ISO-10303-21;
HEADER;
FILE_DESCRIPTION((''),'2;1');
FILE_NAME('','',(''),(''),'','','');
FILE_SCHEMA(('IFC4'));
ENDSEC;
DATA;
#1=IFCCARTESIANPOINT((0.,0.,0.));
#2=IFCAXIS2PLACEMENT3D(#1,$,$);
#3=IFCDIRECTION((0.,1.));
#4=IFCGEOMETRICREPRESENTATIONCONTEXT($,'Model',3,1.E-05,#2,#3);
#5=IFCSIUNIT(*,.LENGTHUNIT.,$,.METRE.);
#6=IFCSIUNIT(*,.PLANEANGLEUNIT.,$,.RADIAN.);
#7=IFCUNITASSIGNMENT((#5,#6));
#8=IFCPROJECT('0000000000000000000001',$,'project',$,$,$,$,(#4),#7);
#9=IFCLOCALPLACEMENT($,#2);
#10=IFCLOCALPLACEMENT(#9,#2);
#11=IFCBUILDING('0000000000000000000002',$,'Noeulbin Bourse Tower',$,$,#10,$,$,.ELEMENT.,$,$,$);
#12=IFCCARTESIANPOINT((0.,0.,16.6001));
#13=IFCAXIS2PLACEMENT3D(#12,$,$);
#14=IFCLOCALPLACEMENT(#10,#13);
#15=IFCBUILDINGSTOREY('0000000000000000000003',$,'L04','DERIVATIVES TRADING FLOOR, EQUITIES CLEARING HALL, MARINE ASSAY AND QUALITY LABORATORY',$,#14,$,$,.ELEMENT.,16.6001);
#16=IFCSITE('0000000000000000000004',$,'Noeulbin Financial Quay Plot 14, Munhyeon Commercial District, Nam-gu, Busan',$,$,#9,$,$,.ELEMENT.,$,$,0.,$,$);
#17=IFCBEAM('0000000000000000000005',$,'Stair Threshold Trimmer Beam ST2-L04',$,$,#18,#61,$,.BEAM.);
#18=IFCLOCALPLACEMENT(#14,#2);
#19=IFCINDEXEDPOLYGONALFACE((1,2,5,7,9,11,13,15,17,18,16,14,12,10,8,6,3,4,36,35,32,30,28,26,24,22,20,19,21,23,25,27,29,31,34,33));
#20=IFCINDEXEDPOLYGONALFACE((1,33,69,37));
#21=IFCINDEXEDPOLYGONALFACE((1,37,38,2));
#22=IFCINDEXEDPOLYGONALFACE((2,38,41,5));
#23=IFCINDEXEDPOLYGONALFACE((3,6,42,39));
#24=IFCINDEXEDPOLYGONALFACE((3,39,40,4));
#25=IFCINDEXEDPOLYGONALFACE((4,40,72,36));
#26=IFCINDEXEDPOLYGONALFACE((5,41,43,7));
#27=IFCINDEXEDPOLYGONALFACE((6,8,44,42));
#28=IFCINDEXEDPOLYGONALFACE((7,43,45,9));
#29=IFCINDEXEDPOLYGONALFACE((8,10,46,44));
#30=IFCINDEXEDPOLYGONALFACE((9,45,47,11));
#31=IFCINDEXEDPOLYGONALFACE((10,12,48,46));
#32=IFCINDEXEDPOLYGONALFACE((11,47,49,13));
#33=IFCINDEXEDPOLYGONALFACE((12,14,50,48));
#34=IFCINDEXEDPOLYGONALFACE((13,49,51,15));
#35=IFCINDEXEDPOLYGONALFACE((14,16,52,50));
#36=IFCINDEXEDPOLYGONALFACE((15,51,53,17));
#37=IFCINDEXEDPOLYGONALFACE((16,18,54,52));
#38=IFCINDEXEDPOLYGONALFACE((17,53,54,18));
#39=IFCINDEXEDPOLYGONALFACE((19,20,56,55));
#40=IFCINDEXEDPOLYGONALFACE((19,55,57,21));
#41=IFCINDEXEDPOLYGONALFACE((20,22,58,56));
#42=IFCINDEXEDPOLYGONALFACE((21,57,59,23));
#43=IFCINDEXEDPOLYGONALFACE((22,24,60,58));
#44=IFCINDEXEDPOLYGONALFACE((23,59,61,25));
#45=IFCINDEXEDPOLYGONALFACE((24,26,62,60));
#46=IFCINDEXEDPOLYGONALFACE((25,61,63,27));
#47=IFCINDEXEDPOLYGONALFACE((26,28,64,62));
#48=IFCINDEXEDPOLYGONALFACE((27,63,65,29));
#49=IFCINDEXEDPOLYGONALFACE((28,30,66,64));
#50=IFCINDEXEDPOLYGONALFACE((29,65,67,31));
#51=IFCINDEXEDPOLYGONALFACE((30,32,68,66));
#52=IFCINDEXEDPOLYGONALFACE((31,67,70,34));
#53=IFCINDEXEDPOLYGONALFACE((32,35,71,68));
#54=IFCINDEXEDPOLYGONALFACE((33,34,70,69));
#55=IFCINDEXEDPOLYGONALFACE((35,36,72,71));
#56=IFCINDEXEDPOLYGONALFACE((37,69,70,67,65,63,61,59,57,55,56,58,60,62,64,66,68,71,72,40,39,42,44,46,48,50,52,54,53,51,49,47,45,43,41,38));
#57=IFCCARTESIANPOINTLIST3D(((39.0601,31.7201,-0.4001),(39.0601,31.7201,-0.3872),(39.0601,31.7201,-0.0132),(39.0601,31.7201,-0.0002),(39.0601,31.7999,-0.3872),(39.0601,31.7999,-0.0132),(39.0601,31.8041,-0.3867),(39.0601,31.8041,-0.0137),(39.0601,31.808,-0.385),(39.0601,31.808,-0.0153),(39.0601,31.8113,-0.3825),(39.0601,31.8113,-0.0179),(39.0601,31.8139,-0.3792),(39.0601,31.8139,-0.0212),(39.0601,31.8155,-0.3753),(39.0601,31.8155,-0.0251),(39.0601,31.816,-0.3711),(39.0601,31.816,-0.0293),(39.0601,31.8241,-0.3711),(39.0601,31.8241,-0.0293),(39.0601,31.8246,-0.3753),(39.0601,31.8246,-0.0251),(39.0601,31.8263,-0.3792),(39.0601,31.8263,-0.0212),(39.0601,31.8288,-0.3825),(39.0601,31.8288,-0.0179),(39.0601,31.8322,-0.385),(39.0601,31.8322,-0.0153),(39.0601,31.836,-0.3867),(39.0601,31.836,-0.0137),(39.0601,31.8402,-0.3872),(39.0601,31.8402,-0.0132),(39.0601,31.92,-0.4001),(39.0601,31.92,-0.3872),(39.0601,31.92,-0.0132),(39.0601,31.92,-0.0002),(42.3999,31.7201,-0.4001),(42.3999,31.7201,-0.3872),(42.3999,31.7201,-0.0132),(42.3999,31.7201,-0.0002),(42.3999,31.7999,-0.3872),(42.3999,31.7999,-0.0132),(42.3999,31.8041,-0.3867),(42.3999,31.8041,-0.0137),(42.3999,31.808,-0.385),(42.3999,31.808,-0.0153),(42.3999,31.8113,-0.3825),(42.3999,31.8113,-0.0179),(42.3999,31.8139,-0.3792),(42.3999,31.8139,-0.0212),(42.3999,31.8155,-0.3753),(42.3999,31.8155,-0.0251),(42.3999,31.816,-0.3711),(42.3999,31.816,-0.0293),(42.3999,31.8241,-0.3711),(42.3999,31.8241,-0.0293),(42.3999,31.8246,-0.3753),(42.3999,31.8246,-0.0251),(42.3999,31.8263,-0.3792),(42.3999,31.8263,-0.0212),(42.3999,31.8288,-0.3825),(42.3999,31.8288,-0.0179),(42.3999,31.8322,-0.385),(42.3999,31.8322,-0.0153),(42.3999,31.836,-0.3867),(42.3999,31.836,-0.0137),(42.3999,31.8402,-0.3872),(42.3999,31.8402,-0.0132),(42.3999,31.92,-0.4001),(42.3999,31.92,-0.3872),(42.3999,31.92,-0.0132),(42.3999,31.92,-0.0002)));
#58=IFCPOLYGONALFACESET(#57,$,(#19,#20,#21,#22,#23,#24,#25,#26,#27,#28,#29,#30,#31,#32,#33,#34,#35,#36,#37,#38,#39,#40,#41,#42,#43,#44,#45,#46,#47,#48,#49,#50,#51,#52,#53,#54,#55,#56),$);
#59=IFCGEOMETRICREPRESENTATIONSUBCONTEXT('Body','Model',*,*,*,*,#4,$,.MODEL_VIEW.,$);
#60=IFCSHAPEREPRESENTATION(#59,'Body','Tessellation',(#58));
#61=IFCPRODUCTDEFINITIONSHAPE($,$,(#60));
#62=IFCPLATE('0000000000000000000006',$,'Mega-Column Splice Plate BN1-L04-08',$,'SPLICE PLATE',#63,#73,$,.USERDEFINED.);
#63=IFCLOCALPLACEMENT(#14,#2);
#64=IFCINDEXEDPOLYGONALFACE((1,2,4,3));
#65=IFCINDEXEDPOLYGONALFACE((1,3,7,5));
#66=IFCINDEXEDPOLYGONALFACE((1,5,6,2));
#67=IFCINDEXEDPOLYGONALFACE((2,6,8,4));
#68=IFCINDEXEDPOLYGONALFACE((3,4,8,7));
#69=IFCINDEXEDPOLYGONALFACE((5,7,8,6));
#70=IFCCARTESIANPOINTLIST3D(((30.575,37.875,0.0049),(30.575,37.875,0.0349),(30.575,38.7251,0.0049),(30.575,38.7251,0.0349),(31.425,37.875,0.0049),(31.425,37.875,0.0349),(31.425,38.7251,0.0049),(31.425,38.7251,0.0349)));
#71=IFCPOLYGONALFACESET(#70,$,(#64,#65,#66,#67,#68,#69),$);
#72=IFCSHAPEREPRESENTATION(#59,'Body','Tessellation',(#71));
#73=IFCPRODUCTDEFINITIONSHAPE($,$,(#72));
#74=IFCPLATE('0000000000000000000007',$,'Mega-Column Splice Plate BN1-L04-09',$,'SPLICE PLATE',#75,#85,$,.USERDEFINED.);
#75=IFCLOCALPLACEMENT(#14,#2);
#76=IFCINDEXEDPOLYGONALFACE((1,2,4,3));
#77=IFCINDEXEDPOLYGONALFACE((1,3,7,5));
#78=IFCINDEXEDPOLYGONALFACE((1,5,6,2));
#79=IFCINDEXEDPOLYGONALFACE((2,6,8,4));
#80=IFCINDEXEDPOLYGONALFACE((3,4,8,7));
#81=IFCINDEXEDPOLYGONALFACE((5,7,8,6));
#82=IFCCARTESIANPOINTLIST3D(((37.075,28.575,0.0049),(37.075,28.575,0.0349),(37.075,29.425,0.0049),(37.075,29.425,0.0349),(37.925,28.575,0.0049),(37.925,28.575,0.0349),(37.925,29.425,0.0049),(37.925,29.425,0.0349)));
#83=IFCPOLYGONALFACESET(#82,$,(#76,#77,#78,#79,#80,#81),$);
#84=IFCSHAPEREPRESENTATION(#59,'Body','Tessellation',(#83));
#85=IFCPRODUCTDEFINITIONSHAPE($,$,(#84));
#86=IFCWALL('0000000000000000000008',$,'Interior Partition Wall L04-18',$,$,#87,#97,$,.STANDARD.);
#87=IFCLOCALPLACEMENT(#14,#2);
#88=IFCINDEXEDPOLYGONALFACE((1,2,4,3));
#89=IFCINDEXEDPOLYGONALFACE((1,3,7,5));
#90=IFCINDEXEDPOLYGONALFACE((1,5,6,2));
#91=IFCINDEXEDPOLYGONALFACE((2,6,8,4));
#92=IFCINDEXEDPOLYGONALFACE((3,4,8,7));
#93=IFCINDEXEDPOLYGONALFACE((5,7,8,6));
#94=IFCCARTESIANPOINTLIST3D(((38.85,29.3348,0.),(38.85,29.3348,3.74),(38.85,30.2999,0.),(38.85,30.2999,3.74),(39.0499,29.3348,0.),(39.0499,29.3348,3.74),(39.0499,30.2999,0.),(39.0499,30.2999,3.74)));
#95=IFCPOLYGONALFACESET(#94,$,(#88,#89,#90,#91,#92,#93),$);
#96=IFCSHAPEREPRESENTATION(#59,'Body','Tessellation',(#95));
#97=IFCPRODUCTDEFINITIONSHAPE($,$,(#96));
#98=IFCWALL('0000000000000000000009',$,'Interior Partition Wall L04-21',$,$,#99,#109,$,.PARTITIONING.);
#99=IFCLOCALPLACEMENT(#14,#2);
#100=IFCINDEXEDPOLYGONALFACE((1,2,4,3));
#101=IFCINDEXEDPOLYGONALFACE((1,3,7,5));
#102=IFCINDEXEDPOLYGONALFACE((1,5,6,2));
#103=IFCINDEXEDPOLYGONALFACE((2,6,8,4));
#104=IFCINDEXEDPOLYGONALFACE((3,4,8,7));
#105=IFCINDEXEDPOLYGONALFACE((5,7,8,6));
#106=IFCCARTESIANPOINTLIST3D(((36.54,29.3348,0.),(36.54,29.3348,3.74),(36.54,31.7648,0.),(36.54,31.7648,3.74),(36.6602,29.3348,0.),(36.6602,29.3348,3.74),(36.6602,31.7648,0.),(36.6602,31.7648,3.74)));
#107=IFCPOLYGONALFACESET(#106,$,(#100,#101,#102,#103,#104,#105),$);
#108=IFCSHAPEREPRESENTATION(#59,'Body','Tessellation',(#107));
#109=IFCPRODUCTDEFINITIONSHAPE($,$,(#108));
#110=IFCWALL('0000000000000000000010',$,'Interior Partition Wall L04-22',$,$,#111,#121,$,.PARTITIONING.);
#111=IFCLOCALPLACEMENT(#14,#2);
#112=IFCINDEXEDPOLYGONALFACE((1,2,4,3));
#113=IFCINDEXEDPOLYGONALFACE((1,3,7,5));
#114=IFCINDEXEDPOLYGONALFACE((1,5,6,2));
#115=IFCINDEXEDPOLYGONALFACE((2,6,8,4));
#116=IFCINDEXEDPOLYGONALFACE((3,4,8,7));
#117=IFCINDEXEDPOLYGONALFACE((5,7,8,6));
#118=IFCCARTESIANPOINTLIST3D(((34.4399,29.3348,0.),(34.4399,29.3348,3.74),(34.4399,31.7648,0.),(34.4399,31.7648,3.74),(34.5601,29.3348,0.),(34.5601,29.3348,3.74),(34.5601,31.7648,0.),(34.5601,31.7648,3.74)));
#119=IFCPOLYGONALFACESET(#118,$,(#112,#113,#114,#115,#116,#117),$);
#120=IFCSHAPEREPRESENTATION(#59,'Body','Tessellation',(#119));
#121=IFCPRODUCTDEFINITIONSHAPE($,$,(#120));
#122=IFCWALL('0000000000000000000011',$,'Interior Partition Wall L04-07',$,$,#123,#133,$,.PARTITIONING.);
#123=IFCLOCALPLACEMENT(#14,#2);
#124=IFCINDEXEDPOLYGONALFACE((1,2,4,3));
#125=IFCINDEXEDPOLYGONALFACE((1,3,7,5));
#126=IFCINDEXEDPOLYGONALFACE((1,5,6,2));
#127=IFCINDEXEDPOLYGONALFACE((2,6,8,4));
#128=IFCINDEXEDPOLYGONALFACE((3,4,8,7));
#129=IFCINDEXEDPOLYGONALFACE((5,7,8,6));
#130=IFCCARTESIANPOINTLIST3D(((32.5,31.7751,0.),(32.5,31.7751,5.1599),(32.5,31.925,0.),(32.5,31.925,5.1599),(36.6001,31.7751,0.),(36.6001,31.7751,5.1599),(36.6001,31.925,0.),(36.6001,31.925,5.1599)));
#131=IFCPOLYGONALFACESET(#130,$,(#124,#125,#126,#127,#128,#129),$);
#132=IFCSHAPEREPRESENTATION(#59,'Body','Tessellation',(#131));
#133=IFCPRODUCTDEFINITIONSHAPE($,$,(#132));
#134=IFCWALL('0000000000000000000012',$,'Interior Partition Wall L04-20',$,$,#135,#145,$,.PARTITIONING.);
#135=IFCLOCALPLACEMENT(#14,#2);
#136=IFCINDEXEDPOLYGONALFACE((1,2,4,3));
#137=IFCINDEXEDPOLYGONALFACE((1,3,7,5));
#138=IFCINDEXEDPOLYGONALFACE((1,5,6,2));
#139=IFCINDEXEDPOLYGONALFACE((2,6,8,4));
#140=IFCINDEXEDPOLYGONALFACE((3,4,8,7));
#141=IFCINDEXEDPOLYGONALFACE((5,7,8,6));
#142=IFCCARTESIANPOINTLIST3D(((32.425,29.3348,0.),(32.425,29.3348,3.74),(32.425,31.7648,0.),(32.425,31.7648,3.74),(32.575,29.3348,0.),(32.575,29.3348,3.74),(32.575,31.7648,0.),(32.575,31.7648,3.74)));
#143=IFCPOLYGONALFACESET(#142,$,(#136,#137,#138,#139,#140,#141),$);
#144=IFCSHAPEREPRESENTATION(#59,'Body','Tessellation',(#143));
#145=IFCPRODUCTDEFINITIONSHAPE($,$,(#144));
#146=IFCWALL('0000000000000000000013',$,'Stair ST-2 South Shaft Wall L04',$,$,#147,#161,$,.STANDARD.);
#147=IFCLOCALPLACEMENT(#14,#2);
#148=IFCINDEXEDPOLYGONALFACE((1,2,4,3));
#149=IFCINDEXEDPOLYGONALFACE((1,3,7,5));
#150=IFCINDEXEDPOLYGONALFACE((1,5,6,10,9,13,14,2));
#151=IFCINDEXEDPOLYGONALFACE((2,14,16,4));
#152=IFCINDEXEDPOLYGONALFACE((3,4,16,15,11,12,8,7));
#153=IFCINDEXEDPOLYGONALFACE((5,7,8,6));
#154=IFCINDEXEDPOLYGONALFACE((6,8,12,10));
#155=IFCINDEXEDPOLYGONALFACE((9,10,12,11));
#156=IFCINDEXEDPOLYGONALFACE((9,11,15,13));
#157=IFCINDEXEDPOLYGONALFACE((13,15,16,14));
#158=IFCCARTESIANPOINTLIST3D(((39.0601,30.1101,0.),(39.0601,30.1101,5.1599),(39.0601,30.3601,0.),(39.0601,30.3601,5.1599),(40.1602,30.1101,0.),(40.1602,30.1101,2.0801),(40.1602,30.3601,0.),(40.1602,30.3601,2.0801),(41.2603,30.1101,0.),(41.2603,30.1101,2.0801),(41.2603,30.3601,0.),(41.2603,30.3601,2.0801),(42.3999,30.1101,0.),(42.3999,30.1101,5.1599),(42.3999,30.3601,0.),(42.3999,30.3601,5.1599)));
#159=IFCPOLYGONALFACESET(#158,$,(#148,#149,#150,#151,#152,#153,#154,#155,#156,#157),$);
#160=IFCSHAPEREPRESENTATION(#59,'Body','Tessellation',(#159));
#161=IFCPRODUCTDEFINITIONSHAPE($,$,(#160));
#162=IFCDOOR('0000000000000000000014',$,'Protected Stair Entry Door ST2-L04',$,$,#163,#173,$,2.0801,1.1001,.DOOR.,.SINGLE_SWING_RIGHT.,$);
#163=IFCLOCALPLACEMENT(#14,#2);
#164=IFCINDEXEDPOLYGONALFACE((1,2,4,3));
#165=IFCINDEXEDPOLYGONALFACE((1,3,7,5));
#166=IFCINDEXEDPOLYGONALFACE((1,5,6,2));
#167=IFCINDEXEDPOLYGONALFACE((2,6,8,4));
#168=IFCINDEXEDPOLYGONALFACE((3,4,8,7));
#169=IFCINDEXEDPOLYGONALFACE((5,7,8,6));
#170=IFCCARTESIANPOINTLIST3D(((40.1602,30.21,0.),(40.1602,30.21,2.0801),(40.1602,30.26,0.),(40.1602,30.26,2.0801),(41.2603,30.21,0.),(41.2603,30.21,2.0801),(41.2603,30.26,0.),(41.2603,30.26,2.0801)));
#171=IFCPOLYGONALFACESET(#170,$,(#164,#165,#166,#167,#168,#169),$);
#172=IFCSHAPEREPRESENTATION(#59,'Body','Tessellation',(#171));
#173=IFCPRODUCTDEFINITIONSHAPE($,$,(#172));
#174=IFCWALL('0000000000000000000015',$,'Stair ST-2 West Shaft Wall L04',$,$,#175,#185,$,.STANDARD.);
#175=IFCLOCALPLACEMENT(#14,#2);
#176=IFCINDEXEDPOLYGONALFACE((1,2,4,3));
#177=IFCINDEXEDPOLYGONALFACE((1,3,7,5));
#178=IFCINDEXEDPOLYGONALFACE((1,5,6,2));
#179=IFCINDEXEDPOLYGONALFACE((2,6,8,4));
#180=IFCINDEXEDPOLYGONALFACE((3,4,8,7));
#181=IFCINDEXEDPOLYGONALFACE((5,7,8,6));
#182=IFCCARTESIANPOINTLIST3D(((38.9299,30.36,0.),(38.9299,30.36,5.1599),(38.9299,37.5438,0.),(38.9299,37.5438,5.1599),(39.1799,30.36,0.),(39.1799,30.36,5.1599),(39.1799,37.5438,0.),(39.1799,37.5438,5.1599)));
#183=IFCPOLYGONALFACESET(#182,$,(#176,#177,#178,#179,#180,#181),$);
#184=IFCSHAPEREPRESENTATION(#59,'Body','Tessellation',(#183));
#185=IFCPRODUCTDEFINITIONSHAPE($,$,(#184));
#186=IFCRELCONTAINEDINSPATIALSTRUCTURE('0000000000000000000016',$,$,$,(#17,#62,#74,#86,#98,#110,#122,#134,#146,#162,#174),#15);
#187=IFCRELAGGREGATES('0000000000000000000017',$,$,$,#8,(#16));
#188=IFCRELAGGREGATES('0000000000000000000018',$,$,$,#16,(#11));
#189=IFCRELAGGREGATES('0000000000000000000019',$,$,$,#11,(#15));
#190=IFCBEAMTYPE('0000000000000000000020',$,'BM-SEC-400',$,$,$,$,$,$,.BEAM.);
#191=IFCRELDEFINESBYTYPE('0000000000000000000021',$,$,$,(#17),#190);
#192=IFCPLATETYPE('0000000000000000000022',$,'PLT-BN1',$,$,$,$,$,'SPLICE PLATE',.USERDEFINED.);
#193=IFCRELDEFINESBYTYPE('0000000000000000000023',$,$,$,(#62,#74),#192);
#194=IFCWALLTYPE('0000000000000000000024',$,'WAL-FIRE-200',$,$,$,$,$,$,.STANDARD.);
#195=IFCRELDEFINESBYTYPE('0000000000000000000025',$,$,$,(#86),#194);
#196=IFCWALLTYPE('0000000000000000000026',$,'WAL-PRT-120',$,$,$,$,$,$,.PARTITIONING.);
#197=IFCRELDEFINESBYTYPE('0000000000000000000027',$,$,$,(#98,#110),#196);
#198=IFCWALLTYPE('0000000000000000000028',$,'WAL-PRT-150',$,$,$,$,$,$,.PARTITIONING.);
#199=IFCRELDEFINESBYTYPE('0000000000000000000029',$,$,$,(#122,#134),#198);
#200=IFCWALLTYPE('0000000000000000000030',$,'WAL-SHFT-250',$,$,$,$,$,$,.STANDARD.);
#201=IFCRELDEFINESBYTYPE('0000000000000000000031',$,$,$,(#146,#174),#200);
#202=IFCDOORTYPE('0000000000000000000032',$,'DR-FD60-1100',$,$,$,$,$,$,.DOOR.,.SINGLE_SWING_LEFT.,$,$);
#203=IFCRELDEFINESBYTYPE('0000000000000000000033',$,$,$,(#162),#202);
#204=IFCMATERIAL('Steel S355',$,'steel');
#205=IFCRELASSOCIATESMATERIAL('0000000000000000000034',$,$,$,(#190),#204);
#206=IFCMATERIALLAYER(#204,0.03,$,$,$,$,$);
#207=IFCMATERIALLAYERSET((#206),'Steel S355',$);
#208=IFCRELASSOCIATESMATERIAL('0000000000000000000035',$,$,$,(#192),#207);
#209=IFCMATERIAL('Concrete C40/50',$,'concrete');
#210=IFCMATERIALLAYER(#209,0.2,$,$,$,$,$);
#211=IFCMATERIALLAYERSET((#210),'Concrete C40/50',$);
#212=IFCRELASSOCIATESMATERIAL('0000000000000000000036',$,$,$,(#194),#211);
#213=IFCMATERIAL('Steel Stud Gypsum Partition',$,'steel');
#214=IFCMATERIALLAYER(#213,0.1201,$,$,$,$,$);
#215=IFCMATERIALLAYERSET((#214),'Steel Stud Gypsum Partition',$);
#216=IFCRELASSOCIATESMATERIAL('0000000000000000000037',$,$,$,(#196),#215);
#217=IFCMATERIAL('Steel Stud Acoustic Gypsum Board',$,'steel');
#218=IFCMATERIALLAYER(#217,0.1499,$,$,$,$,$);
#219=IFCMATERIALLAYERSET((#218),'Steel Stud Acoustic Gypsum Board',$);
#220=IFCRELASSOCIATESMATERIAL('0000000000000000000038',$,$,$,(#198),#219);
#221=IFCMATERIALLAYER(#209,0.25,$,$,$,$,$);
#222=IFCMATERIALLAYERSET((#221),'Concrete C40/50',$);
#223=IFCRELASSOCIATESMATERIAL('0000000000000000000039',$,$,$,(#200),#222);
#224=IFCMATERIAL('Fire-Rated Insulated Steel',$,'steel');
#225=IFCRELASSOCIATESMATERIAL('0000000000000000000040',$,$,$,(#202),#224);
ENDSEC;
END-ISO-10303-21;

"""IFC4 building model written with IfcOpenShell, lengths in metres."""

from ifc_helpers import new_model, si_unit, direction, frame, frame_2d, origin, origin_2d, place, context, subcontext, project, spatial, rectangle, i_section, extrude, material, layer, layer_set, material_profile, profile_set, type_object, element, fill, save


model = new_model("IFC4")

# Units and contexts
model_context = context("Model", 3, precision=1e-05, world=origin(), true_north=direction((0.0, 1.0)))
body_context = subcontext(model_context, "Body", "Model", "MODEL_VIEW")
ifc_project = project(units=[si_unit("LENGTHUNIT", "METRE"), si_unit("PLANEANGLEUNIT", "RADIAN")], contexts=[model_context])

# Site, building, storey
site_placement = place(None, origin())
site = spatial("IfcSite", under=ifc_project, at=site_placement, Name="Noeulbin Financial Quay Plot 14, Munhyeon Commercial District, Nam-gu, Busan", CompositionType="ELEMENT", RefElevation=0.0)
building_placement = place(site_placement, origin())
building = spatial("IfcBuilding", under=site, at=building_placement, Name="Noeulbin Bourse Tower", CompositionType="ELEMENT")
storey_placement = place(building_placement, frame((0.0, 0.0, 16.6001)))
storey = spatial("IfcBuildingStorey", under=building, at=storey_placement, Name="L04", Description="DERIVATIVES TRADING FLOOR, EQUITIES CLEARING HALL, MARINE ASSAY AND QUALITY LABORATORY", CompositionType="ELEMENT", Elevation=16.6001)

# Beam
ifc_material_1 = material(Name="Steel S355", Category="steel")
ifc_material_profile_1 = material_profile(ifc_material_1, i_section(OverallWidth=0.2, OverallDepth=0.3999, WebThickness=0.0081, FlangeThickness=0.0129, FilletRadius=0.0161, at=origin_2d()), Name="H-400x200x8x13", Category="LoadBearing")
ifc_profile_set_1 = profile_set([ifc_material_profile_1], Name="Steel S355")
beam_type_1 = type_object("IfcBeamType", Name="BM-SEC-400", PredefinedType="BEAM", material=ifc_profile_set_1)
beam_placement = place(storey_placement, frame((39.0601, 31.8201, -0.2002), z_axis=(1.0, 0.0, 0.0), x_axis=(0.0, 1.0, 0.0)))
element("IfcBeam", 1, at=beam_placement, inside=storey, type_object=beam_type_1, Name="Stair Threshold Trimmer Beam ST2-L04", PredefinedType="BEAM", context=body_context, shape_type="SweptSolid", body=[
    extrude(i_section(OverallWidth=0.2, OverallDepth=0.3999, WebThickness=0.0081, FlangeThickness=0.0129, FilletRadius=0.0161, at=origin_2d()), origin(), (0.0, 0.0, 1.0), 3.3398),
])

# Plates
ifc_layer_1 = layer(ifc_material_1, 0.03)
ifc_layer_set_1 = layer_set([ifc_layer_1], Name="Steel S355")
plate_type = type_object("IfcPlateType", Name="PLT-BN1", ElementType="SPLICE PLATE", PredefinedType="USERDEFINED", material=ifc_layer_set_1)
for number, where, z_axis, x_axis, name in (
    (2, (31.0, 38.3, 0.0049), (0.0, 0.0, 1.0), (1.0, 0.0, 0.0), "Mega-Column Splice Plate BN1-L04-08"),
    (3, (37.5, 29.0, 0.0049), (0.0, 0.0, 1.0), (1.0, 0.0, 0.0), "Mega-Column Splice Plate BN1-L04-09"),
):
    element("IfcPlate", number, at=place(storey_placement, frame(where, z_axis=z_axis, x_axis=x_axis)), inside=storey, type_object=plate_type, Name=name, ObjectType="SPLICE PLATE", PredefinedType="USERDEFINED", context=body_context, shape_type="SweptSolid", body=[
        extrude(rectangle(XDim=0.8501, YDim=0.8501, at=origin_2d()), origin(), (0.0, 0.0, 1.0), 0.03),
    ])

# Walls
ifc_material_2 = material(Name="Concrete C40/50", Category="concrete")
ifc_layer_2 = layer(ifc_material_2, 0.2)
ifc_layer_set_2 = layer_set([ifc_layer_2], Name="Concrete C40/50")
wall_type_1 = type_object("IfcWallType", Name="WAL-FIRE-200", PredefinedType="STANDARD", material=ifc_layer_set_2)
wall_1_placement = place(storey_placement, frame((38.95, 29.335, 0.0), z_axis=(0.0, 0.0, 1.0), x_axis=(0.0, 1.0, 0.0)))
element("IfcWall", 4, at=wall_1_placement, inside=storey, type_object=wall_type_1, Name="Interior Partition Wall L04-18", PredefinedType="STANDARD", context=body_context, shape_type="SweptSolid", body=[
    extrude(rectangle(XDim=0.9651, YDim=0.2, at=frame_2d((0.4824, 0.0))), origin(), (0.0, 0.0, 1.0), 3.74),
])
ifc_material_3 = material(Name="Steel Stud Gypsum Partition", Category="steel")
ifc_layer_3 = layer(ifc_material_3, 0.1201)
ifc_layer_set_3 = layer_set([ifc_layer_3], Name="Steel Stud Gypsum Partition")
wall_type_2 = type_object("IfcWallType", Name="WAL-PRT-120", PredefinedType="PARTITIONING", material=ifc_layer_set_3)
for number, where, z_axis, x_axis, name in (
    (5, (36.6001, 29.335, 0.0), (0.0, 0.0, 1.0), (0.0, 1.0, 0.0), "Interior Partition Wall L04-21"),
    (6, (34.5, 29.335, 0.0), (0.0, 0.0, 1.0), (0.0, 1.0, 0.0), "Interior Partition Wall L04-22"),
):
    element("IfcWall", number, at=place(storey_placement, frame(where, z_axis=z_axis, x_axis=x_axis)), inside=storey, type_object=wall_type_2, Name=name, PredefinedType="PARTITIONING", context=body_context, shape_type="SweptSolid", body=[
        extrude(rectangle(XDim=2.4299, YDim=0.1201, at=frame_2d((1.2148, 0.0))), origin(), (0.0, 0.0, 1.0), 3.74),
    ])
ifc_material_4 = material(Name="Steel Stud Acoustic Gypsum Board", Category="steel")
ifc_layer_4 = layer(ifc_material_4, 0.1499)
ifc_layer_set_4 = layer_set([ifc_layer_4], Name="Steel Stud Acoustic Gypsum Board")
wall_type_3 = type_object("IfcWallType", Name="WAL-PRT-150", PredefinedType="PARTITIONING", material=ifc_layer_set_4)
wall_2_placement = place(storey_placement, frame((32.5, 31.8501, 0.0), z_axis=(0.0, 0.0, 1.0), x_axis=(1.0, 0.0, 0.0)))
element("IfcWall", 7, at=wall_2_placement, inside=storey, type_object=wall_type_3, Name="Interior Partition Wall L04-07", PredefinedType="PARTITIONING", context=body_context, shape_type="SweptSolid", body=[
    extrude(rectangle(XDim=4.1001, YDim=0.1499, at=frame_2d((2.05, 0.0))), origin(), (0.0, 0.0, 1.0), 5.1599),
])
wall_3_placement = place(storey_placement, frame((32.5, 29.335, 0.0), z_axis=(0.0, 0.0, 1.0), x_axis=(0.0, 1.0, 0.0)))
element("IfcWall", 8, at=wall_3_placement, inside=storey, type_object=wall_type_3, Name="Interior Partition Wall L04-20", PredefinedType="PARTITIONING", context=body_context, shape_type="SweptSolid", body=[
    extrude(rectangle(XDim=2.4299, YDim=0.1499, at=frame_2d((1.2148, 0.0))), origin(), (0.0, 0.0, 1.0), 3.74),
])

# Wall, opening, door
ifc_layer_5 = layer(ifc_material_2, 0.25)
ifc_layer_set_5 = layer_set([ifc_layer_5], Name="Concrete C40/50")
wall_type_4 = type_object("IfcWallType", Name="WAL-SHFT-250", PredefinedType="STANDARD", material=ifc_layer_set_5)
wall_4_placement = place(storey_placement, frame((39.0601, 30.2351, 0.0), z_axis=(0.0, 0.0, 1.0), x_axis=(1.0, 0.0, 0.0)))
wall_4 = element("IfcWall", 9, at=wall_4_placement, inside=storey, type_object=wall_type_4, Name="Stair ST-2 South Shaft Wall L04", PredefinedType="STANDARD", context=body_context, shape_type="SweptSolid", body=[
    extrude(rectangle(XDim=3.3398, YDim=0.25, at=frame_2d((1.6699, 0.0))), origin(), (0.0, 0.0, 1.0), 5.1599),
])
opening_1_placement = place(wall_4_placement, frame((1.1001, 0.0, 0.0)))
opening_1 = element("IfcOpeningElement", 10, at=opening_1_placement, cuts=wall_4, PredefinedType="OPENING", context=body_context, shape_type="SweptSolid", body=[
    extrude(rectangle(XDim=1.1001, YDim=2.0801, at=frame_2d((0.55, 1.04))), frame((0.0, 0.135, 0.0), z_axis=(0.0, -1.0, 0.0), x_axis=(1.0, 0.0, 0.0)), (0.0, 0.0, 1.0), 0.27),
])
ifc_material_5 = material(Name="Fire-Rated Insulated Steel", Category="steel")
door_type_1 = type_object("IfcDoorType", Name="DR-FD60-1100", OperationType="SINGLE_SWING_LEFT", PredefinedType="DOOR", material=ifc_material_5)
door_1_placement = place(opening_1_placement, origin())
door_1 = element("IfcDoor", 11, at=door_1_placement, inside=storey, type_object=door_type_1, Name="Protected Stair Entry Door ST2-L04", OperationType="SINGLE_SWING_RIGHT", OverallHeight=2.0801, OverallWidth=1.1001, PredefinedType="DOOR", context=body_context, shape_type="SweptSolid", body=[
    extrude(rectangle(XDim=1.1001, YDim=2.0801, at=frame_2d((0.55, 1.04))), frame((0.0, 0.0249, 0.0), z_axis=(0.0, -1.0, 0.0), x_axis=(1.0, 0.0, 0.0)), (0.0, 0.0, 1.0), 0.05),
])
fill(opening_1, door_1)

# Wall
wall_5_placement = place(storey_placement, frame((39.0549, 30.3601, 0.0), z_axis=(0.0, 0.0, 1.0), x_axis=(0.0, 1.0, 0.0)))
element("IfcWall", 12, at=wall_5_placement, inside=storey, type_object=wall_type_4, Name="Stair ST-2 West Shaft Wall L04", PredefinedType="STANDARD", context=body_context, shape_type="SweptSolid", body=[
    extrude(rectangle(XDim=7.1838, YDim=0.25, at=frame_2d((3.5918, 0.0))), origin(), (0.0, 0.0, 1.0), 5.1599),
])

save(model, "model.ifc")
